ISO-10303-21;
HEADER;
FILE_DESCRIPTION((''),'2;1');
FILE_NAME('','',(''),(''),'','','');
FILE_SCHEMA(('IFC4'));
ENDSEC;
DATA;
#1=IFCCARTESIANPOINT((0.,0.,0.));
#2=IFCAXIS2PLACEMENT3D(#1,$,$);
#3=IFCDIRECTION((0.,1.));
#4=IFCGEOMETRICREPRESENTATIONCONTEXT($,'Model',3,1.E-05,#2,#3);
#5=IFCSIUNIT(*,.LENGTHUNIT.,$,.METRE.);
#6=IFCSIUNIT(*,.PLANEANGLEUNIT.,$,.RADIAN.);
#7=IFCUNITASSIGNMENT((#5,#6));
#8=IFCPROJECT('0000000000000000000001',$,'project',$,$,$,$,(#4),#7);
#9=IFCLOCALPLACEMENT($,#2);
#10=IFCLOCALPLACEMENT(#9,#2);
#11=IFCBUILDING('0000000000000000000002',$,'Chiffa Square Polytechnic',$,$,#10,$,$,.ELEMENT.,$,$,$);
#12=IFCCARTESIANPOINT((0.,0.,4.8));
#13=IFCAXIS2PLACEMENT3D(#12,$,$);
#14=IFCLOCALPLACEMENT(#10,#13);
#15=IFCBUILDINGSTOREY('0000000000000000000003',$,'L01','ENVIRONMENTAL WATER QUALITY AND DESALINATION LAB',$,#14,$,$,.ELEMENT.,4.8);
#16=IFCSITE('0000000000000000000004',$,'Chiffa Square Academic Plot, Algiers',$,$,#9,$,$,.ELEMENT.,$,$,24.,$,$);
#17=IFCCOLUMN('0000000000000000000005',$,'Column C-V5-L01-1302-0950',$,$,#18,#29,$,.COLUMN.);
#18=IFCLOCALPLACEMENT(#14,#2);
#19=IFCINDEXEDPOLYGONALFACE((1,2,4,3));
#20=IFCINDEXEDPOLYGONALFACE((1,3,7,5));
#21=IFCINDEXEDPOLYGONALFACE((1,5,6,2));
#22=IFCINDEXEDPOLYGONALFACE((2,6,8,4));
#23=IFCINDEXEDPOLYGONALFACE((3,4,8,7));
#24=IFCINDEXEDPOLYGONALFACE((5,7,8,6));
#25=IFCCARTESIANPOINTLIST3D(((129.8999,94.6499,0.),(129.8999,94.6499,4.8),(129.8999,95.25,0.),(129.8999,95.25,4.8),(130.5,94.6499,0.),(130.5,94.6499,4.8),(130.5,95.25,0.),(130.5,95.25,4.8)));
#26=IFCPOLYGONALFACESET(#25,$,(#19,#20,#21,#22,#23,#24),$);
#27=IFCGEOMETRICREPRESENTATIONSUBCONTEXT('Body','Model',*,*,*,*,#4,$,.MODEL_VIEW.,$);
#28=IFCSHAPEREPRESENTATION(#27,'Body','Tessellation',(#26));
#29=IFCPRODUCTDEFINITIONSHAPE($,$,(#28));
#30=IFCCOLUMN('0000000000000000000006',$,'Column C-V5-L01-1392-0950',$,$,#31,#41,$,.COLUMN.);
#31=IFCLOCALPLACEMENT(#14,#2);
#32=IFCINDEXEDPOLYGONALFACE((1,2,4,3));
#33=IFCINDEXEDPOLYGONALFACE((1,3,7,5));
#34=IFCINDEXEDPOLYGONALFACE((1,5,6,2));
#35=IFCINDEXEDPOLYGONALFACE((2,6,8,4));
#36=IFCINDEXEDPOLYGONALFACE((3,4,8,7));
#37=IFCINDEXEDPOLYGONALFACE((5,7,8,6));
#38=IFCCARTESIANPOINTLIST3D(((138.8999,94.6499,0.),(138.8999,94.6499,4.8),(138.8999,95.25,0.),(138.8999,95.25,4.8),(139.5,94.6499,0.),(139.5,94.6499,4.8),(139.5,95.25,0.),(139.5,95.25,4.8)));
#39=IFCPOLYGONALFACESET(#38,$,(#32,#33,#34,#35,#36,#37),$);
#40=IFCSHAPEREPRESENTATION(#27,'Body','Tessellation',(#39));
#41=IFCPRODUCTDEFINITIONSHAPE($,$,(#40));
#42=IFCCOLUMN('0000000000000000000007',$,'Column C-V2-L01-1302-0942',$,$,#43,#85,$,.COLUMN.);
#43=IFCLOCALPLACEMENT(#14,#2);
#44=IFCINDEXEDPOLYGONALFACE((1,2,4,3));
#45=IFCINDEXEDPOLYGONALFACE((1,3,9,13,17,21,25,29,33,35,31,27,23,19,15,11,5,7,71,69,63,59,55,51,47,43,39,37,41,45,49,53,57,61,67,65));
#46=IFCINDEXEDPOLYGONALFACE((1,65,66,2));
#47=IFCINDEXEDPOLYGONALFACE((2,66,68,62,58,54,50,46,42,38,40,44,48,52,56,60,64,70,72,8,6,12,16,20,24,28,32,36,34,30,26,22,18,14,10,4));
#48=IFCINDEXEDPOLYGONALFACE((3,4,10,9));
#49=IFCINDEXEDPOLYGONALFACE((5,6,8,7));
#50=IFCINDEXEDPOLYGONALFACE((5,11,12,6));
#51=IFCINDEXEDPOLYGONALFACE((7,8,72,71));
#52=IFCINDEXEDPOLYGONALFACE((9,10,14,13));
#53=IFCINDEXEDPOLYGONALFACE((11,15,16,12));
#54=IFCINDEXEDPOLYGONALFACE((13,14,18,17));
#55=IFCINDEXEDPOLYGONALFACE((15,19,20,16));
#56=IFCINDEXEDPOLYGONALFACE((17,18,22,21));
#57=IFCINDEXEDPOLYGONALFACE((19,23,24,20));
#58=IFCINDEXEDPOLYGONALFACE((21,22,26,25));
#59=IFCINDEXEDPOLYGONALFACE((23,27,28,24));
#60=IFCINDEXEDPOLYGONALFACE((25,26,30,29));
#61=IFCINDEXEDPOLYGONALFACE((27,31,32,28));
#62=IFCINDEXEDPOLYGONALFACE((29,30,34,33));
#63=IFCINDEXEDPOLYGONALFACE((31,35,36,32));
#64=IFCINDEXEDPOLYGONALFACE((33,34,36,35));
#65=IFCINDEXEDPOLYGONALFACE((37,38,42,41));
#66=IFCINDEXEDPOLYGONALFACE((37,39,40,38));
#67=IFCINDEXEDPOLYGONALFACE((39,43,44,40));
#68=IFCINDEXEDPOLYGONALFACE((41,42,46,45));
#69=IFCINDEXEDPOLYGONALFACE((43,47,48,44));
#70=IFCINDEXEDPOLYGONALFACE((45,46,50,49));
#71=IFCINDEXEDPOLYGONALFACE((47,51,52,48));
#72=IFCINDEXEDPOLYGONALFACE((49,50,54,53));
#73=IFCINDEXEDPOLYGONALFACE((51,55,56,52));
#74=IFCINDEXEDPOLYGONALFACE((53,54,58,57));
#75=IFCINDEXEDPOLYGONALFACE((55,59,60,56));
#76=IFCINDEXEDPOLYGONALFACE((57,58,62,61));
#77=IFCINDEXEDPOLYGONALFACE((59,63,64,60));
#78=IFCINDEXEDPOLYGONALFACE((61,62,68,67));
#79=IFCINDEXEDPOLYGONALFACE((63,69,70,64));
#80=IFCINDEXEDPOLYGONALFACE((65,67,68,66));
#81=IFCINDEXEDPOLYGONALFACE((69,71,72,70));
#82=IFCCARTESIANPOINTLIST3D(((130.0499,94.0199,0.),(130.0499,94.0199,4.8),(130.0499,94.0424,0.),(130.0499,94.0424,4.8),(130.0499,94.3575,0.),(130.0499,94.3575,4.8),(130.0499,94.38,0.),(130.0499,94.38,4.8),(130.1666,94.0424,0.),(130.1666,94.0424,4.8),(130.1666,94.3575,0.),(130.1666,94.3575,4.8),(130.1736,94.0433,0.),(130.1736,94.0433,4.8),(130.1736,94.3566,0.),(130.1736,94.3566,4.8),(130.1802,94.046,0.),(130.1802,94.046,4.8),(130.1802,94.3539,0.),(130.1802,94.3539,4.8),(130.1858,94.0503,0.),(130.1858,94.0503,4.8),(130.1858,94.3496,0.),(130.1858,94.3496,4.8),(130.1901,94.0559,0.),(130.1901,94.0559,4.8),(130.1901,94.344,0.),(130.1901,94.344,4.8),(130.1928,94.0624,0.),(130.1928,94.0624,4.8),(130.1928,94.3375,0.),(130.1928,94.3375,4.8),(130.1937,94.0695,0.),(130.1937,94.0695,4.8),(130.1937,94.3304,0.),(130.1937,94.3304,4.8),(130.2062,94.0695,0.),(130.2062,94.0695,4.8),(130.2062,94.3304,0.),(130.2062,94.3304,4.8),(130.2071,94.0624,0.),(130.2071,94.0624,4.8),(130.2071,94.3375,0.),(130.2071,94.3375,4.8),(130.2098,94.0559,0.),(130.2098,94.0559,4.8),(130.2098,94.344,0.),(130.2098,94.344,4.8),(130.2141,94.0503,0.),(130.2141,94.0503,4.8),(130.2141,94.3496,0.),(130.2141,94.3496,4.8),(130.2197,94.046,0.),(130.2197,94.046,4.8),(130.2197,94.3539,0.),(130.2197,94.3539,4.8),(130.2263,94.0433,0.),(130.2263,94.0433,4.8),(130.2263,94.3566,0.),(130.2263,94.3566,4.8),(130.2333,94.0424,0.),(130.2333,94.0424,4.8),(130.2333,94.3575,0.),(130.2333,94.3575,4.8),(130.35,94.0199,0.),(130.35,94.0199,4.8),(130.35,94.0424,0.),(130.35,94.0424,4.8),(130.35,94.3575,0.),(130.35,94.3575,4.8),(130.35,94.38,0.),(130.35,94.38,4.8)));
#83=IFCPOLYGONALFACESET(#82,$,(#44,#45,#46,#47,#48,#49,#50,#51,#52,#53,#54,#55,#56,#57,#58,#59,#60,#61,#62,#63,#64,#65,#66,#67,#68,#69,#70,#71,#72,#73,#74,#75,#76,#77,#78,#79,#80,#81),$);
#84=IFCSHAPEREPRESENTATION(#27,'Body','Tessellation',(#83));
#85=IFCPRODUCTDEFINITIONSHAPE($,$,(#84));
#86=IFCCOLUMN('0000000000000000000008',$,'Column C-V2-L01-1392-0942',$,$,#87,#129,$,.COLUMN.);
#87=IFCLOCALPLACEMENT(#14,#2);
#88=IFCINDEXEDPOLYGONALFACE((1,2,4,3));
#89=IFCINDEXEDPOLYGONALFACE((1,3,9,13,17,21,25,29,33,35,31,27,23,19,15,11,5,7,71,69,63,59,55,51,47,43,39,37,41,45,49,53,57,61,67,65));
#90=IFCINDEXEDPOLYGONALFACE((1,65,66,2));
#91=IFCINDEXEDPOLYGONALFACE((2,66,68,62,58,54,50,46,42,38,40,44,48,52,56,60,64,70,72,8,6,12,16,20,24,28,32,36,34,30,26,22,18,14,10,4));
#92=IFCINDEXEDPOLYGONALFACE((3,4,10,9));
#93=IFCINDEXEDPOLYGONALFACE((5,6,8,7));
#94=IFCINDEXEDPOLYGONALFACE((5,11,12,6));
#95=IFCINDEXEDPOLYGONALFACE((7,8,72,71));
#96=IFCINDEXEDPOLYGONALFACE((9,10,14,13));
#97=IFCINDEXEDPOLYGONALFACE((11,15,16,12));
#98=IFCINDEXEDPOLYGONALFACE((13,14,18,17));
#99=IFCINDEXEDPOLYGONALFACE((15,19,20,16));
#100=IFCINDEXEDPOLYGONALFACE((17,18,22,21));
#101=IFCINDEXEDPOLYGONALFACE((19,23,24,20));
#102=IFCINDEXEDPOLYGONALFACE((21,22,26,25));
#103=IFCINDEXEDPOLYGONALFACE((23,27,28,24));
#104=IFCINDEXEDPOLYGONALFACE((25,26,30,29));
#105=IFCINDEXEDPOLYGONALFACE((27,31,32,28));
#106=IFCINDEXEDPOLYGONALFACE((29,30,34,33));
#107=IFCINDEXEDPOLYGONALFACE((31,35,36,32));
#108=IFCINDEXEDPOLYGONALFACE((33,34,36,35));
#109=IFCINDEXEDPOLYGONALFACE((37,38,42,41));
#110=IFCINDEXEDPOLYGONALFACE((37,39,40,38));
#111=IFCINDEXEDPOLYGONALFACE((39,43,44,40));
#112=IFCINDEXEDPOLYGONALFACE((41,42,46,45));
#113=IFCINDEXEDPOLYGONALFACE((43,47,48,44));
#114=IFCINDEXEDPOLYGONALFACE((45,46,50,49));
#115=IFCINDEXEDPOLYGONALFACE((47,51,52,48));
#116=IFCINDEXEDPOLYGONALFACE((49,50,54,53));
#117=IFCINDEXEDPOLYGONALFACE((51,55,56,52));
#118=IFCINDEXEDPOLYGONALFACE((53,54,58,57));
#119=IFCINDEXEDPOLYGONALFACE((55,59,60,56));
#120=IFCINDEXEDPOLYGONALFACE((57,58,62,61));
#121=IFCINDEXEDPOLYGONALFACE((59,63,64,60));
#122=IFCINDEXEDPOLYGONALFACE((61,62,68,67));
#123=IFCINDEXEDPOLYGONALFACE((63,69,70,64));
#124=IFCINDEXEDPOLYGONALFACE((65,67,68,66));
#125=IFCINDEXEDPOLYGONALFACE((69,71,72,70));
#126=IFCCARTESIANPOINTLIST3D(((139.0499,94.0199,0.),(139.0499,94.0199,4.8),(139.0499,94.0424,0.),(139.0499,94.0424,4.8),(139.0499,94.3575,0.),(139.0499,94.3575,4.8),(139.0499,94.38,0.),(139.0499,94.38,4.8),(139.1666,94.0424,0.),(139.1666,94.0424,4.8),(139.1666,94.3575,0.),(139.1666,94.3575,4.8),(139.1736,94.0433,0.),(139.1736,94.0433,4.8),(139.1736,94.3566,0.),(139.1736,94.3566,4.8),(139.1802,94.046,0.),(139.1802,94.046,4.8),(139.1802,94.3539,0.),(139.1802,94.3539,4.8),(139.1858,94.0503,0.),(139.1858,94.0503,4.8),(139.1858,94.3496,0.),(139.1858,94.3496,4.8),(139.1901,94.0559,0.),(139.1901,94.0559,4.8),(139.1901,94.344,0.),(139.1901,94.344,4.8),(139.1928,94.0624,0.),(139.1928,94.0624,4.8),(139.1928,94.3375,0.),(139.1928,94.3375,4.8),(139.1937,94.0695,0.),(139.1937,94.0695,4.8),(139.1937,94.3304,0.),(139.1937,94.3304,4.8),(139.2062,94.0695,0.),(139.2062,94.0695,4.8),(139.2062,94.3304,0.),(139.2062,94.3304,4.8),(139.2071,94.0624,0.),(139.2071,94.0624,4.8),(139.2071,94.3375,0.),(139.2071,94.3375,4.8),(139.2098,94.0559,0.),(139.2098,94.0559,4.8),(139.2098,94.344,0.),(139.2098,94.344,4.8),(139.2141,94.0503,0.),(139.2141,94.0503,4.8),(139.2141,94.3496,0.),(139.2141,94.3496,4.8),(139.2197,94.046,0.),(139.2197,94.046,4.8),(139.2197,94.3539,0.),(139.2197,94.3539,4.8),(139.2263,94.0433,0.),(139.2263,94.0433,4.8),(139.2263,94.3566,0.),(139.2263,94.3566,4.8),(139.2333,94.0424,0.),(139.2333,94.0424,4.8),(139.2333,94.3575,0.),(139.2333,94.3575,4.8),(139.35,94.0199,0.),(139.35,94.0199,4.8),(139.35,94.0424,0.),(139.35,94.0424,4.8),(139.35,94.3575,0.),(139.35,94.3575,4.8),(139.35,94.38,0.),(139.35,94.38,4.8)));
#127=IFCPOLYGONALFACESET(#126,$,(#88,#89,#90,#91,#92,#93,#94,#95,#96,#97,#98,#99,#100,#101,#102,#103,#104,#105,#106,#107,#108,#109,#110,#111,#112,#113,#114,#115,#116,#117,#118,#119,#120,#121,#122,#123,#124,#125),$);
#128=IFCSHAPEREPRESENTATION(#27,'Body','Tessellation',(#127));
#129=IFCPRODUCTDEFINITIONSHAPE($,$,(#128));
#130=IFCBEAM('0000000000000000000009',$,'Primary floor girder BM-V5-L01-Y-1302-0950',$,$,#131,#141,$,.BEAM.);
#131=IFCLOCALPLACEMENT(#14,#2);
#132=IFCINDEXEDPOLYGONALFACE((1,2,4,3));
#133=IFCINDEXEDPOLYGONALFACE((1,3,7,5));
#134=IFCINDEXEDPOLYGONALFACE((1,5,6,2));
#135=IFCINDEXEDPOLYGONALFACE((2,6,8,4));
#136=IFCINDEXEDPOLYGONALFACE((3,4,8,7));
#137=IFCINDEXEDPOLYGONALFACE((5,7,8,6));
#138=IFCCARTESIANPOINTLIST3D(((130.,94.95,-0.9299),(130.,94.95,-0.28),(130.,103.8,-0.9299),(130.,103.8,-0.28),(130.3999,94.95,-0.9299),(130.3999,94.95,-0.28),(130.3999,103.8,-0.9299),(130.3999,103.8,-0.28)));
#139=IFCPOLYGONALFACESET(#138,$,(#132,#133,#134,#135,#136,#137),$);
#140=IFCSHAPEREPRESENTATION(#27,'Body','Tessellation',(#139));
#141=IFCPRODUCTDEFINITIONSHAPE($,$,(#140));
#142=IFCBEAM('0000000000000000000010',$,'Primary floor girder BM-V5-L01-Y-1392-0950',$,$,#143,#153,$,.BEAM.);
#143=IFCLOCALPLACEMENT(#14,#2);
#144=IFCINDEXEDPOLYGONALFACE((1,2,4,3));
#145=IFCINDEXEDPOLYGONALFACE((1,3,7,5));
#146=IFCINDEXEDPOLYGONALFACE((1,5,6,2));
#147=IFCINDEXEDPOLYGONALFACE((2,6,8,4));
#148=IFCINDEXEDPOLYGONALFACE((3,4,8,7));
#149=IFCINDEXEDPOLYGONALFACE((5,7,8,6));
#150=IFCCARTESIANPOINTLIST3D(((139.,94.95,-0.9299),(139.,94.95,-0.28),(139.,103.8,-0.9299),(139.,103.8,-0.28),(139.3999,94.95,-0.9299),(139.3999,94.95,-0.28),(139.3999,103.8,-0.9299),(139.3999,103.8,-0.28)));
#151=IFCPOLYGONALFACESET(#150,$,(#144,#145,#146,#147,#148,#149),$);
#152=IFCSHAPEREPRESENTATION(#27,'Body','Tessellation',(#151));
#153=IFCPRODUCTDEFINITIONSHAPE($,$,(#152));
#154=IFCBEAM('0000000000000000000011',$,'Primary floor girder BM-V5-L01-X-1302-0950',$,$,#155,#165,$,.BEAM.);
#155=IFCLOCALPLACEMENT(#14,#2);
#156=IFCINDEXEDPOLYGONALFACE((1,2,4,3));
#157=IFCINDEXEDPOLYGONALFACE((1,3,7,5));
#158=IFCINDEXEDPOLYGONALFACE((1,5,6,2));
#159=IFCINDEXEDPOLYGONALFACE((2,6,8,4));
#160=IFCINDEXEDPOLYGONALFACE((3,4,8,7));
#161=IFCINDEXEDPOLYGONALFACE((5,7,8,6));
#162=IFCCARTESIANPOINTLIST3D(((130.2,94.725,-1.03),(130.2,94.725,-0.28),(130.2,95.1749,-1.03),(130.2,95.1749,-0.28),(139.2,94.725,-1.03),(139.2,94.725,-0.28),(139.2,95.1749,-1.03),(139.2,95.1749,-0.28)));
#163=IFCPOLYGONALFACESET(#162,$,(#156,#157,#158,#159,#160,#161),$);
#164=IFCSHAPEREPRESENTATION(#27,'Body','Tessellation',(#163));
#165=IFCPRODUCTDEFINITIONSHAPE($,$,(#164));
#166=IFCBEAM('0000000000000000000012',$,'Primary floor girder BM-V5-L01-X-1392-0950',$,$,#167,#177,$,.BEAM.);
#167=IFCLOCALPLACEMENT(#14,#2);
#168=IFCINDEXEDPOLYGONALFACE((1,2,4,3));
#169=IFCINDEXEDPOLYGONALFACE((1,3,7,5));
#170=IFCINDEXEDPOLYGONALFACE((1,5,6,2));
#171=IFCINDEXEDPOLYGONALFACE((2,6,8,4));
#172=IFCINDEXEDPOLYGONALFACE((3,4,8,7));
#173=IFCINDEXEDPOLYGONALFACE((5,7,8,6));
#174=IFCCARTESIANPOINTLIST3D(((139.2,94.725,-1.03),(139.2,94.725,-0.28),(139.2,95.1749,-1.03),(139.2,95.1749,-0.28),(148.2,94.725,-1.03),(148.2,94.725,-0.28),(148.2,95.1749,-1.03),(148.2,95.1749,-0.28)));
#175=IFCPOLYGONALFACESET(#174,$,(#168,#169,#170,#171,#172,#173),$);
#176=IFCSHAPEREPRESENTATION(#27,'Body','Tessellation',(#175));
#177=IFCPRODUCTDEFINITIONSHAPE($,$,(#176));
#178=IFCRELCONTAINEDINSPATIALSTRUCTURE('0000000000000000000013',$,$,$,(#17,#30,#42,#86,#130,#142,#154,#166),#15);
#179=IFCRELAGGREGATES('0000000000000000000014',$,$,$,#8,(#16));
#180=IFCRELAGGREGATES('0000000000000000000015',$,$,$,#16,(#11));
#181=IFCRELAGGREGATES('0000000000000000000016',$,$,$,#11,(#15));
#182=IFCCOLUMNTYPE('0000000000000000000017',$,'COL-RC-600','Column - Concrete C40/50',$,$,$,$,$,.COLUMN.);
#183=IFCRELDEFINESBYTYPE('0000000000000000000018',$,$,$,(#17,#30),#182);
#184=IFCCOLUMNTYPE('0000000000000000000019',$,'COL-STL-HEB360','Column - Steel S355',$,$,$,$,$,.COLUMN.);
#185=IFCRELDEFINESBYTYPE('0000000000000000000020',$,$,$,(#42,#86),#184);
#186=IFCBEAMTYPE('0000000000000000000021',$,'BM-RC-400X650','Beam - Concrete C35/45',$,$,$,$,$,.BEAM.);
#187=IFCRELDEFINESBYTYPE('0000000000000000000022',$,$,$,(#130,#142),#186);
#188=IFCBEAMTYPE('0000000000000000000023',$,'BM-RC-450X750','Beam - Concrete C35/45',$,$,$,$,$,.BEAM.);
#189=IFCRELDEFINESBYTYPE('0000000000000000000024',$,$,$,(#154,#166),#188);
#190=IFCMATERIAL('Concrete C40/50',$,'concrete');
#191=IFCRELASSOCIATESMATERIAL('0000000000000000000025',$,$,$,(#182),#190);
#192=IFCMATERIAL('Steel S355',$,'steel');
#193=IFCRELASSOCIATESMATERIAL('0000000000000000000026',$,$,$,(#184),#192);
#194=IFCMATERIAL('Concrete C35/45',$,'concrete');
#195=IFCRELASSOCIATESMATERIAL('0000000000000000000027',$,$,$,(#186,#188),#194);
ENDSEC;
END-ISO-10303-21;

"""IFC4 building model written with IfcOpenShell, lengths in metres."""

from ifc_helpers import new_model, si_unit, direction, frame, origin, origin_2d, place, context, subcontext, project, spatial, rectangle, i_section, extrude, material, material_profile, profile_set, type_object, element, save


model = new_model("IFC4")

# Units and contexts
model_context = context("Model", 3, precision=1e-05, world=origin(), true_north=direction((0.0, 1.0)))
body_context = subcontext(model_context, "Body", "Model", "MODEL_VIEW")
ifc_project = project(units=[si_unit("LENGTHUNIT", "METRE"), si_unit("PLANEANGLEUNIT", "RADIAN")], contexts=[model_context])

# Site, building, storey
site_placement = place(None, origin())
site = spatial("IfcSite", under=ifc_project, at=site_placement, Name="Chiffa Square Academic Plot, Algiers", CompositionType="ELEMENT", RefElevation=24.0)
building_placement = place(site_placement, origin())
building = spatial("IfcBuilding", under=site, at=building_placement, Name="Chiffa Square Polytechnic", CompositionType="ELEMENT")
storey_placement = place(building_placement, frame((0.0, 0.0, 4.8)))
storey = spatial("IfcBuildingStorey", under=building, at=storey_placement, Name="L01", Description="ENVIRONMENTAL WATER QUALITY AND DESALINATION LAB", CompositionType="ELEMENT", Elevation=4.8)

# Columns
ifc_material_1 = material(Name="Concrete C40/50", Category="concrete")
ifc_material_profile_1 = material_profile(ifc_material_1, rectangle(XDim=0.6001, YDim=0.6001, at=origin_2d()), Name="RC 600x600")
ifc_profile_set_1 = profile_set([ifc_material_profile_1], Name="Concrete C40/50")
column_type_1 = type_object("IfcColumnType", Name="COL-RC-600", Description="Column - Concrete C40/50", PredefinedType="COLUMN", material=ifc_profile_set_1)
for number, where, z_axis, x_axis, name in (
    (1, (130.2, 94.95, 0.0), (0.0, 0.0, 1.0), (1.0, 0.0, 0.0), "Column C-V5-L01-1302-0950"),
    (2, (139.2, 94.95, 0.0), (0.0, 0.0, 1.0), (1.0, 0.0, 0.0), "Column C-V5-L01-1392-0950"),
):
    element("IfcColumn", number, at=place(storey_placement, frame(where, z_axis=z_axis, x_axis=x_axis)), inside=storey, type_object=column_type_1, Name=name, PredefinedType="COLUMN", context=body_context, shape_type="SweptSolid", body=[
        extrude(rectangle(XDim=0.6001, YDim=0.6001, at=origin_2d()), origin(), (0.0, 0.0, 1.0), 4.8),
    ])
ifc_material_2 = material(Name="Steel S355", Category="steel")
ifc_material_profile_2 = material_profile(ifc_material_2, i_section(OverallWidth=0.3, OverallDepth=0.3601, WebThickness=0.0125, FlangeThickness=0.0225, FilletRadius=0.0271, at=origin_2d()), Name="HEB 360")
ifc_profile_set_2 = profile_set([ifc_material_profile_2], Name="Steel S355")
column_type_2 = type_object("IfcColumnType", Name="COL-STL-HEB360", Description="Column - Steel S355", PredefinedType="COLUMN", material=ifc_profile_set_2)
for number, where, z_axis, x_axis, name in (
    (3, (130.2, 94.2, 0.0), (0.0, 0.0, 1.0), (1.0, 0.0, 0.0), "Column C-V2-L01-1302-0942"),
    (4, (139.2, 94.2, 0.0), (0.0, 0.0, 1.0), (1.0, 0.0, 0.0), "Column C-V2-L01-1392-0942"),
):
    element("IfcColumn", number, at=place(storey_placement, frame(where, z_axis=z_axis, x_axis=x_axis)), inside=storey, type_object=column_type_2, Name=name, PredefinedType="COLUMN", context=body_context, shape_type="SweptSolid", body=[
        extrude(i_section(OverallWidth=0.3, OverallDepth=0.3601, WebThickness=0.0125, FlangeThickness=0.0225, FilletRadius=0.0271, at=origin_2d()), origin(), (0.0, 0.0, 1.0), 4.8),
    ])

# Beams
ifc_material_3 = material(Name="Concrete C35/45", Category="concrete")
ifc_material_profile_3 = material_profile(ifc_material_3, rectangle(XDim=0.3999, YDim=0.6499, at=origin_2d()), Name="RC 400x650")
ifc_profile_set_3 = profile_set([ifc_material_profile_3], Name="Concrete C35/45")
beam_type_1 = type_object("IfcBeamType", Name="BM-RC-400X650", Description="Beam - Concrete C35/45", PredefinedType="BEAM", material=ifc_profile_set_3)
for number, where, z_axis, x_axis, name in (
    (5, (130.2, 94.95, -0.605), (0.0, 1.0, 0.0), (-1.0, 0.0, 0.0), "Primary floor girder BM-V5-L01-Y-1302-0950"),
    (6, (139.2, 94.95, -0.605), (0.0, 1.0, 0.0), (-1.0, 0.0, 0.0), "Primary floor girder BM-V5-L01-Y-1392-0950"),
):
    element("IfcBeam", number, at=place(storey_placement, frame(where, z_axis=z_axis, x_axis=x_axis)), inside=storey, type_object=beam_type_1, Name=name, PredefinedType="BEAM", context=body_context, shape_type="SweptSolid", body=[
        extrude(rectangle(XDim=0.3999, YDim=0.6499, at=origin_2d()), origin(), (0.0, 0.0, 1.0), 8.8501),
    ])
ifc_material_profile_4 = material_profile(ifc_material_3, rectangle(XDim=0.45, YDim=0.75, at=origin_2d()), Name="RC 450x750")
ifc_profile_set_4 = profile_set([ifc_material_profile_4], Name="Concrete C35/45")
beam_type_2 = type_object("IfcBeamType", Name="BM-RC-450X750", Description="Beam - Concrete C35/45", PredefinedType="BEAM", material=ifc_profile_set_4)
for number, where, z_axis, x_axis, name in (
    (7, (130.2, 94.95, -0.655), (1.0, 0.0, 0.0), (0.0, 1.0, 0.0), "Primary floor girder BM-V5-L01-X-1302-0950"),
    (8, (139.2, 94.95, -0.655), (1.0, 0.0, 0.0), (0.0, 1.0, 0.0), "Primary floor girder BM-V5-L01-X-1392-0950"),
):
    element("IfcBeam", number, at=place(storey_placement, frame(where, z_axis=z_axis, x_axis=x_axis)), inside=storey, type_object=beam_type_2, Name=name, PredefinedType="BEAM", context=body_context, shape_type="SweptSolid", body=[
        extrude(rectangle(XDim=0.45, YDim=0.75, at=origin_2d()), origin(), (0.0, 0.0, 1.0), 9.0),
    ])

save(model, "model.ifc")
